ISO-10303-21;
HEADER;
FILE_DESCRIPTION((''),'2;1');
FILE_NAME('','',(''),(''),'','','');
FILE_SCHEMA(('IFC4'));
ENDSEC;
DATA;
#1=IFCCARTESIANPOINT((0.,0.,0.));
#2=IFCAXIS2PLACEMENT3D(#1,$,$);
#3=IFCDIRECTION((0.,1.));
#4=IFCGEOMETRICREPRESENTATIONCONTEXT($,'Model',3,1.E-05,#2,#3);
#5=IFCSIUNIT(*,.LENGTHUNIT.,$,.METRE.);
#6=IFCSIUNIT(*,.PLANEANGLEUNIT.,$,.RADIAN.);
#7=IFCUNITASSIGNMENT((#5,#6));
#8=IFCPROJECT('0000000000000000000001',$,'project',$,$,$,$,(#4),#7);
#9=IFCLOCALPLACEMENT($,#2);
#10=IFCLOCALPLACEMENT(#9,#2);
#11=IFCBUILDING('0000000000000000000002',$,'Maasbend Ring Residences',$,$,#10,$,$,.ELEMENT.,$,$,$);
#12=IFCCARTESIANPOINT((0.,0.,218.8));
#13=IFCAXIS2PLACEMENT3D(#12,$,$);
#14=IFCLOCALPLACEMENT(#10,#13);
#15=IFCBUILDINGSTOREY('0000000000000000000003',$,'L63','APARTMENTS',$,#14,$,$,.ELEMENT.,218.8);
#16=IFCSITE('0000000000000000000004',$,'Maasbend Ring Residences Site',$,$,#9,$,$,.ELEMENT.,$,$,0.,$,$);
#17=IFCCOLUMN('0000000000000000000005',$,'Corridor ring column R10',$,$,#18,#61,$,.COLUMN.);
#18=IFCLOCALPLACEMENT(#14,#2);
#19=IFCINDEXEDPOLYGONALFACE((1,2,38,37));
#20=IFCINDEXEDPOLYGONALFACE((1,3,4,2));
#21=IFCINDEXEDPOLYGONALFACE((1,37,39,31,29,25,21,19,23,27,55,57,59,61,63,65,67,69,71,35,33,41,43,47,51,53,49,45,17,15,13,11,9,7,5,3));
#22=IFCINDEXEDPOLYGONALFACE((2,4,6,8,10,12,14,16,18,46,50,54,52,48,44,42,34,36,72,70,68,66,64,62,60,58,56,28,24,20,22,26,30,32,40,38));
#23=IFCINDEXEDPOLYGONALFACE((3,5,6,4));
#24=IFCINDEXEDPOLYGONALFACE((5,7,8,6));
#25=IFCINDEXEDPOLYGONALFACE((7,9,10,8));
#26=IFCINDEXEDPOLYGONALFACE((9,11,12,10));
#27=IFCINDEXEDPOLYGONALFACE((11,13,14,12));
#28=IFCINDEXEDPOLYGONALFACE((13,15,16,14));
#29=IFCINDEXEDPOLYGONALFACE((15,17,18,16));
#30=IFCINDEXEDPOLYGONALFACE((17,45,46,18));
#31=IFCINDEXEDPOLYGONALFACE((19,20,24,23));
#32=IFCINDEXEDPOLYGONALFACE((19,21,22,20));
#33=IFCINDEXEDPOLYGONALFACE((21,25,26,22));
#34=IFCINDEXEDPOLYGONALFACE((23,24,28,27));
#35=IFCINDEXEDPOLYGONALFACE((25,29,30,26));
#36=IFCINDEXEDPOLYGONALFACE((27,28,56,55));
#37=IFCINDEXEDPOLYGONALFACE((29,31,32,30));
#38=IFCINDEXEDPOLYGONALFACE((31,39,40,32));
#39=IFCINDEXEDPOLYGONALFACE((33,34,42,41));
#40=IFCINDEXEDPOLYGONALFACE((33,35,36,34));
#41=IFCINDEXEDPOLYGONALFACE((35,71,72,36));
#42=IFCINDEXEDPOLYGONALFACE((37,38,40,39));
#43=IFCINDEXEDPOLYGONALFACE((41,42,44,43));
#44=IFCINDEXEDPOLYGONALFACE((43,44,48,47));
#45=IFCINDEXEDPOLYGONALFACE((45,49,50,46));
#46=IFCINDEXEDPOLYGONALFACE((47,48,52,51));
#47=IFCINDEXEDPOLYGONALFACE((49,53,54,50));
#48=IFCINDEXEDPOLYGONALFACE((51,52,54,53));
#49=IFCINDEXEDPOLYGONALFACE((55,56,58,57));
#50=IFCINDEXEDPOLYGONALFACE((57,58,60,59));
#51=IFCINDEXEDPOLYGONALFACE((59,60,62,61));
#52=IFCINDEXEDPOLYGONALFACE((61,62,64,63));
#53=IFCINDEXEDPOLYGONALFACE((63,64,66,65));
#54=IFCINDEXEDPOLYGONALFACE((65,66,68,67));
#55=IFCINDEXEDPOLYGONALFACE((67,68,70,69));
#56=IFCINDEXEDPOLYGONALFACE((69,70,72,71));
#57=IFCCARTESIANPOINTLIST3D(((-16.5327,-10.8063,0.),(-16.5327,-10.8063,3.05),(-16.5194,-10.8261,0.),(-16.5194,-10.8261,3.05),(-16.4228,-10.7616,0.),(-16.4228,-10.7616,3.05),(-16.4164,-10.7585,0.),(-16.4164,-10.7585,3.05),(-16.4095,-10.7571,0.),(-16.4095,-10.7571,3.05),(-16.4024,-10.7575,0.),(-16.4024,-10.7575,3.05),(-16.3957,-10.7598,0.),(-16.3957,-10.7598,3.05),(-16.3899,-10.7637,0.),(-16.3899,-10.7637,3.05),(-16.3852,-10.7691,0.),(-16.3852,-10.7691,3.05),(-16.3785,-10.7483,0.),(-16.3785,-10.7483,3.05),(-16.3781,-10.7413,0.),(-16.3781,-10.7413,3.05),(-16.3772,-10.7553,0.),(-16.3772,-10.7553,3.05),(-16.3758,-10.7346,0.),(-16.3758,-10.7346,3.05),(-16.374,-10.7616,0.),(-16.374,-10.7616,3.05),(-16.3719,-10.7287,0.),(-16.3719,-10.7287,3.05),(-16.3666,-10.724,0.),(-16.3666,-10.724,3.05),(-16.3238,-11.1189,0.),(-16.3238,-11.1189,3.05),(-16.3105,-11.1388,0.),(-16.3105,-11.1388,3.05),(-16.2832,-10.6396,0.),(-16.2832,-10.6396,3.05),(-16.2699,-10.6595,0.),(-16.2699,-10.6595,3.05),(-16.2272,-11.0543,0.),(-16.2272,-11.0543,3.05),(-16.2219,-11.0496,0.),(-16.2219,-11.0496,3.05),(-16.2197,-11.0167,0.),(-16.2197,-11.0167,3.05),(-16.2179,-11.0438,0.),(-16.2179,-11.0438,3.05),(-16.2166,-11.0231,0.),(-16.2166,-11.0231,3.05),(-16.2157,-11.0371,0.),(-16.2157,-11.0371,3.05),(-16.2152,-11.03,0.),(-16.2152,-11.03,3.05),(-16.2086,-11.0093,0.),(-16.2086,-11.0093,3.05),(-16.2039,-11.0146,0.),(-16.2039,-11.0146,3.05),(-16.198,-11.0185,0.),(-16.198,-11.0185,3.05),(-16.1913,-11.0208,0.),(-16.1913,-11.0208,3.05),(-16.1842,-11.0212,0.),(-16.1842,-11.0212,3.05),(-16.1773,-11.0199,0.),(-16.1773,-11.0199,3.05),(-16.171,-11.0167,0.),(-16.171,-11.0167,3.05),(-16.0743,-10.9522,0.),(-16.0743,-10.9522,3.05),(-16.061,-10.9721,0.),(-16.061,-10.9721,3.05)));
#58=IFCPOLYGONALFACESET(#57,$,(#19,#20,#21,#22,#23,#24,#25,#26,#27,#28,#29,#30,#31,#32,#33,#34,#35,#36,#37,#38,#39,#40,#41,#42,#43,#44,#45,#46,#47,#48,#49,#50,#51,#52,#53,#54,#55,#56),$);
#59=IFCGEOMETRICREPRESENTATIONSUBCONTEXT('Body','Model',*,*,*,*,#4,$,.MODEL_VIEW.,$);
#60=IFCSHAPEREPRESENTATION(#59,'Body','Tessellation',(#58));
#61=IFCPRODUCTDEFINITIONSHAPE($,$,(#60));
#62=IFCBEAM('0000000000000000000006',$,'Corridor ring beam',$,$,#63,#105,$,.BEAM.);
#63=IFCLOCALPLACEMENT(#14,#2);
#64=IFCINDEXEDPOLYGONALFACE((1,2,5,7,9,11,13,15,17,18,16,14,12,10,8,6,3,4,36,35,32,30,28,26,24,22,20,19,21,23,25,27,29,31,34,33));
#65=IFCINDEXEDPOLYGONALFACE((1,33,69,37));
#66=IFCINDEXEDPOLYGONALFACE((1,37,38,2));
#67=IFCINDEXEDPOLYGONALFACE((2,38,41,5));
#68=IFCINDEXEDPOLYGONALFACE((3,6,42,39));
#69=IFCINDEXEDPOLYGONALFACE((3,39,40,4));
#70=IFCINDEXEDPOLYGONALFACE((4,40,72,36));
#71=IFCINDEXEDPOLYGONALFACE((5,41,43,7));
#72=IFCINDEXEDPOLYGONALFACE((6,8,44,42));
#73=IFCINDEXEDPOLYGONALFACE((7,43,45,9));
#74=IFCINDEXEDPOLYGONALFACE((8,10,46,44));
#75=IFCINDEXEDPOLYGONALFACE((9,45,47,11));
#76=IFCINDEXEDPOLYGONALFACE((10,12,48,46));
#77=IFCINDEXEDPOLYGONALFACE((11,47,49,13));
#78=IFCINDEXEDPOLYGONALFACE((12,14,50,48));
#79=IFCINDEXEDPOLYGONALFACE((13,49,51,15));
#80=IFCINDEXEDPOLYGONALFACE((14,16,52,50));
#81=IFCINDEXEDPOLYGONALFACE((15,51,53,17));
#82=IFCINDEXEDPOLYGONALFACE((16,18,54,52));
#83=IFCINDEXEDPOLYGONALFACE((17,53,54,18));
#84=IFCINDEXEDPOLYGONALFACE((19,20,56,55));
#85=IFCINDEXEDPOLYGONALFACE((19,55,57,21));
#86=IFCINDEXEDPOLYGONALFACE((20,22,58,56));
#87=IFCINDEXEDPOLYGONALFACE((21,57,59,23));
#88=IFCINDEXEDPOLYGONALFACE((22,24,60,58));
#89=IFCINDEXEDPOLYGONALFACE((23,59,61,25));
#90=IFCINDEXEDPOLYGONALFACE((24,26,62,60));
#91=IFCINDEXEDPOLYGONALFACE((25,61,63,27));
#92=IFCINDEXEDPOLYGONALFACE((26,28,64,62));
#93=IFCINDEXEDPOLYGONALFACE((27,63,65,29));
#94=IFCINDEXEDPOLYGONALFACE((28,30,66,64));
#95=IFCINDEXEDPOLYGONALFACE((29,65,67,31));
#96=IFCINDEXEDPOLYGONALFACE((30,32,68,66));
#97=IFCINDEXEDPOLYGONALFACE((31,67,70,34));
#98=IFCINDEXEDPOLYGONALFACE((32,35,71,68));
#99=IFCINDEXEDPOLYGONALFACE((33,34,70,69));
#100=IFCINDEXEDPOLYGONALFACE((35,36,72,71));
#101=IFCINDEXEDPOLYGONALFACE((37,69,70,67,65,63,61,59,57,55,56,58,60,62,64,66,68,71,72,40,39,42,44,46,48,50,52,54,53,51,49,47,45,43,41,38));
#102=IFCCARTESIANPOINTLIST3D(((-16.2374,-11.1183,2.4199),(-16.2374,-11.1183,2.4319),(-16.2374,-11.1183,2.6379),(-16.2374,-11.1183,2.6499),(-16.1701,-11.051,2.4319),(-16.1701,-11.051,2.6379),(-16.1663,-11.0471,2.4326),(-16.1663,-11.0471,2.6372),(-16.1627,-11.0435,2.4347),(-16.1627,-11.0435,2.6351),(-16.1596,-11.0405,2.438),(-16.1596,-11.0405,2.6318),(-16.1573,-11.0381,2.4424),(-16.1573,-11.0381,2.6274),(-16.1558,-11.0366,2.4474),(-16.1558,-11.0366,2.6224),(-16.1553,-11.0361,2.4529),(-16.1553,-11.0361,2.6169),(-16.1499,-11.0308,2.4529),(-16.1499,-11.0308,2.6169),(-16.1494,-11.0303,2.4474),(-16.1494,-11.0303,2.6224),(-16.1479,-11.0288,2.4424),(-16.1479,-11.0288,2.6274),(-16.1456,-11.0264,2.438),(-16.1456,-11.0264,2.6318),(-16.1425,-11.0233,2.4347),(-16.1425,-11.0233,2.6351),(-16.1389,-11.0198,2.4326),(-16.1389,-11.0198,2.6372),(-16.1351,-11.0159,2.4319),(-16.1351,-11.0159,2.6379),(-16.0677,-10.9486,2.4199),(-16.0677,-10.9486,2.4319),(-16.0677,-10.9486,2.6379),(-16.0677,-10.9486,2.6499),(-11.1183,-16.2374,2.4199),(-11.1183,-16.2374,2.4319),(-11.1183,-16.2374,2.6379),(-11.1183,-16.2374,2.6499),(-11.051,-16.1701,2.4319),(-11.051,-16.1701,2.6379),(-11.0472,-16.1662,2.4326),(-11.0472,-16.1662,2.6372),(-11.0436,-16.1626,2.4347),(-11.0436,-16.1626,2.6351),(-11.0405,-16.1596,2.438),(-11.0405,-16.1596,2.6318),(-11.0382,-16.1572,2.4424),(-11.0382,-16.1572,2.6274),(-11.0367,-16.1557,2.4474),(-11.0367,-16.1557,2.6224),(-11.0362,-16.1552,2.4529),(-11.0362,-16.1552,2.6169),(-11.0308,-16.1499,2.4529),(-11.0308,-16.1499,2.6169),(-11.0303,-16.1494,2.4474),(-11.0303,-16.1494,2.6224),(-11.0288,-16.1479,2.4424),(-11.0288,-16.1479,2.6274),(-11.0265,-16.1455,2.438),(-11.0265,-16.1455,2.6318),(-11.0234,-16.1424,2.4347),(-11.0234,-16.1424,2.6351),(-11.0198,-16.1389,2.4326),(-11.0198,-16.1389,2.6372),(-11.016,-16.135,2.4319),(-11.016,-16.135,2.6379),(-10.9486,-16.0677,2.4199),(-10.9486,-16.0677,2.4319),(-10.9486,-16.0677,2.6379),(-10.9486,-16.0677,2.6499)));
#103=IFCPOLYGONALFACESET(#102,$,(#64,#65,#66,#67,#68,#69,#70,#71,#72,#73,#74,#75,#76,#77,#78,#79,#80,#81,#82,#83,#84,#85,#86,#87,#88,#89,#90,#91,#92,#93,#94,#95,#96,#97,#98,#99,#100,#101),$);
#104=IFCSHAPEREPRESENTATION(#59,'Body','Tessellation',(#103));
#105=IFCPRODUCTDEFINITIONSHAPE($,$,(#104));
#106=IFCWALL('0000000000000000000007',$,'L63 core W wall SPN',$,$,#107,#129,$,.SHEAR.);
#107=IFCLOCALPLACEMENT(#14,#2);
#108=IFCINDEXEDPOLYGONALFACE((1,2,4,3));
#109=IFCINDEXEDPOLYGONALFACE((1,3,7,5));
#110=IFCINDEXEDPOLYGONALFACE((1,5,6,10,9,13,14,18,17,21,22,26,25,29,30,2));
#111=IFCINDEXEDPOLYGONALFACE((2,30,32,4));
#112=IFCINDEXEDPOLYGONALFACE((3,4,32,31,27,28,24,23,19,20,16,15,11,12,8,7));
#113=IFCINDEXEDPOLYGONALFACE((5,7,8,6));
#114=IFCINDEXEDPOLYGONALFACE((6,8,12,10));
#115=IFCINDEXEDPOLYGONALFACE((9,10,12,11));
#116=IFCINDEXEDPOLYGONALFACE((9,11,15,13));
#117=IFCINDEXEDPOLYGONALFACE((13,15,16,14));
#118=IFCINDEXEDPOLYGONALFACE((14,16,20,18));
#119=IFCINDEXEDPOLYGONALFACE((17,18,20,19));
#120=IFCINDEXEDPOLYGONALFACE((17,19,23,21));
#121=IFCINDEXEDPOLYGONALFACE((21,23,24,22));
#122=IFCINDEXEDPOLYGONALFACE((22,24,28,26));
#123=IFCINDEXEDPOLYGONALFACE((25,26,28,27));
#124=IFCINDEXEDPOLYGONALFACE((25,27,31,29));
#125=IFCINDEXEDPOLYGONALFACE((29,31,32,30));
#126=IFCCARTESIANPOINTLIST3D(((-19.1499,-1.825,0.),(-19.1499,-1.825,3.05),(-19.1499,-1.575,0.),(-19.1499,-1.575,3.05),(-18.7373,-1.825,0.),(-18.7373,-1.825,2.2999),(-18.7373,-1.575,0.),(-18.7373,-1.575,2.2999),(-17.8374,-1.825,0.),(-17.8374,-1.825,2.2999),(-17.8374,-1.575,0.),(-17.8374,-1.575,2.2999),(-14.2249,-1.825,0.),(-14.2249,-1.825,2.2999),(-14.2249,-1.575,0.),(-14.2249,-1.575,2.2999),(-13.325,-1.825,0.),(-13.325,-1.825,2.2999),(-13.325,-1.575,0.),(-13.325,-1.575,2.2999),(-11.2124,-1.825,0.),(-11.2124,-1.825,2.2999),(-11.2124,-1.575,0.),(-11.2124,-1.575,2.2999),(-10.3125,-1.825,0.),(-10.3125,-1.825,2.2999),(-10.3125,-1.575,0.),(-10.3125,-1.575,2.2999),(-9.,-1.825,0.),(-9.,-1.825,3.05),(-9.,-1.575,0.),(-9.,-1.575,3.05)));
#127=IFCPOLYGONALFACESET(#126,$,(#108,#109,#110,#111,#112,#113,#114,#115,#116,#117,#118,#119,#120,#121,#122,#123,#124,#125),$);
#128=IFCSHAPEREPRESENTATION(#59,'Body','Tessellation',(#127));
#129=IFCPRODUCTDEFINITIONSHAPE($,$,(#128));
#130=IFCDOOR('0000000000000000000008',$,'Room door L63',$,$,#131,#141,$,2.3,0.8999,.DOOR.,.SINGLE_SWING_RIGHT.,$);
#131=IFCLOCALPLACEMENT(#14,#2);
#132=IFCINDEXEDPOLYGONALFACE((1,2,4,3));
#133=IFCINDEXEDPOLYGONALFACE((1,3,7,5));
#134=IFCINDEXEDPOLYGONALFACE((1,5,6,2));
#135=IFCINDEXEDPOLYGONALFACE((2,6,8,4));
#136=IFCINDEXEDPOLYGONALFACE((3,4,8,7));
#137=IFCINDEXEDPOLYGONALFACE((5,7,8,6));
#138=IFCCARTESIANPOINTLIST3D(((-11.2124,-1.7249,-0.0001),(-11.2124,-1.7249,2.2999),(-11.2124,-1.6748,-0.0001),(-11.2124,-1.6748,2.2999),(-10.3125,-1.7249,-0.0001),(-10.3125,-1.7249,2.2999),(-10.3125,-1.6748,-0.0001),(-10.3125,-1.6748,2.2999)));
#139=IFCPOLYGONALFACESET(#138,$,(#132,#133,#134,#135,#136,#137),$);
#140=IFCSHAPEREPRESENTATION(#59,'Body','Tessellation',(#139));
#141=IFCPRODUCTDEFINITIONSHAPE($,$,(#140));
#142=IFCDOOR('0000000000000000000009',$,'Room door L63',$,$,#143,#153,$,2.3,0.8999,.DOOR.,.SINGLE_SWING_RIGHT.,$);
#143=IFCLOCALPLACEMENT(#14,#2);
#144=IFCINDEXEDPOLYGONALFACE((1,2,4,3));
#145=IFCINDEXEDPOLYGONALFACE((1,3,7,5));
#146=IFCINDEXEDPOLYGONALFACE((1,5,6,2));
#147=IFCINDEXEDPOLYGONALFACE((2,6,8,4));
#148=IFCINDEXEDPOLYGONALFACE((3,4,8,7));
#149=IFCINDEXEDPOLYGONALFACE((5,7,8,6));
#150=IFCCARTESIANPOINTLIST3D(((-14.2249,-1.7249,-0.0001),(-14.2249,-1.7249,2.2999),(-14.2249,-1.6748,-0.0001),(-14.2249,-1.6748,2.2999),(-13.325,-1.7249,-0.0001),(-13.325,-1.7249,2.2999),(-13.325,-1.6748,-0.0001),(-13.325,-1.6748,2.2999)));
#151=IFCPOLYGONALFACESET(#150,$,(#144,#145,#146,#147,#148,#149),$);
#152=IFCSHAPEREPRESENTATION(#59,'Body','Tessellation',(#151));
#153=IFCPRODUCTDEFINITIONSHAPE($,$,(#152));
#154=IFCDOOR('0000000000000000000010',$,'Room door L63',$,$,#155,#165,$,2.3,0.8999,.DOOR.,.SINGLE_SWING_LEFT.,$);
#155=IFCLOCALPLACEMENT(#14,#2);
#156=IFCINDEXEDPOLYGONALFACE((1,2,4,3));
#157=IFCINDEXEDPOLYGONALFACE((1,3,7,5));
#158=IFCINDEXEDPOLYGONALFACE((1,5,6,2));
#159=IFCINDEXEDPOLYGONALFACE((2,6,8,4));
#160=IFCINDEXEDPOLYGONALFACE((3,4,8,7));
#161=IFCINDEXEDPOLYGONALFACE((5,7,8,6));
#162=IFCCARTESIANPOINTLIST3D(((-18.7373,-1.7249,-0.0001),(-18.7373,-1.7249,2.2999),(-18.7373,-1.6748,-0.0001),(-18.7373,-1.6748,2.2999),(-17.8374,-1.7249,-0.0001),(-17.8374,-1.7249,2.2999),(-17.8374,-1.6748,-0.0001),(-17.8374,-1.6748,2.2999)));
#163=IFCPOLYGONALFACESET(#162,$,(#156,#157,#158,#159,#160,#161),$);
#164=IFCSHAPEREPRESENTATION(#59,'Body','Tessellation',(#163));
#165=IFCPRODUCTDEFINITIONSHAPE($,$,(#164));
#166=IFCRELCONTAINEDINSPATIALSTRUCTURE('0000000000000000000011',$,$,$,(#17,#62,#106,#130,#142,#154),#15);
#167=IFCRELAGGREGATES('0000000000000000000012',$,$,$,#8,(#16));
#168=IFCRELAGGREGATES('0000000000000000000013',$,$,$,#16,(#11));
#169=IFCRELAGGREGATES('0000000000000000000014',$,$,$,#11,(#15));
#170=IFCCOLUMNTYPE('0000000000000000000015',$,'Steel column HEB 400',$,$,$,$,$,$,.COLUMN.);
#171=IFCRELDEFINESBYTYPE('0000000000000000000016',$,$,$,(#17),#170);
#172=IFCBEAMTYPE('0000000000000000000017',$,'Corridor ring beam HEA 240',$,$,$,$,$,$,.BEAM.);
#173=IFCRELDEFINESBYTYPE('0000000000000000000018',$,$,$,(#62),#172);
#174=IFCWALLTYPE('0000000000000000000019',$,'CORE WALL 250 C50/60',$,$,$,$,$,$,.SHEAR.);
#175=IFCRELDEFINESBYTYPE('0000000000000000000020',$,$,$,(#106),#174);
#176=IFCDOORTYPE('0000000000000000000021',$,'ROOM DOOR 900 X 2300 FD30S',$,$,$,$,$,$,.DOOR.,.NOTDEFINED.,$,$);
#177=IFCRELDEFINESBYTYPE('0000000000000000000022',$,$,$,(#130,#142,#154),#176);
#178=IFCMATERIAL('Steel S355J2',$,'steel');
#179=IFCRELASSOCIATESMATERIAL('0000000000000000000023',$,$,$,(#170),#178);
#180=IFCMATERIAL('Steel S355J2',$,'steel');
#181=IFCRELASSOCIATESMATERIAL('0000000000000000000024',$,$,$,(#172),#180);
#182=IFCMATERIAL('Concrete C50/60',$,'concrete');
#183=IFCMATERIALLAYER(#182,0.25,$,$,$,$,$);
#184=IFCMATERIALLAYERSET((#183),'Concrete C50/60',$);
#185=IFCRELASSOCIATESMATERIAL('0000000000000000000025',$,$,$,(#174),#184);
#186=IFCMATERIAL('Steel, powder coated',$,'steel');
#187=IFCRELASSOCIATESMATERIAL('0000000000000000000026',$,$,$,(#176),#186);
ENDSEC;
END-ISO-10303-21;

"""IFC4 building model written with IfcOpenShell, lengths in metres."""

from ifc_helpers import new_model, si_unit, direction, frame, frame_2d, origin, origin_2d, place, context, subcontext, project, spatial, rectangle, i_section, extrude, material, layer, layer_set, material_profile, profile_set, type_object, element, fill, save


model = new_model("IFC4")

# Units and contexts
model_context = context("Model", 3, precision=1e-05, world=origin(), true_north=direction((0.0, 1.0)))
body_context = subcontext(model_context, "Body", "Model", "MODEL_VIEW")
ifc_project = project(units=[si_unit("LENGTHUNIT", "METRE"), si_unit("PLANEANGLEUNIT", "RADIAN")], contexts=[model_context])

# Site, building, storey
site_placement = place(None, origin())
site = spatial("IfcSite", under=ifc_project, at=site_placement, Name="Maasbend Ring Residences Site", CompositionType="ELEMENT", RefElevation=0.0)
building_placement = place(site_placement, origin())
building = spatial("IfcBuilding", under=site, at=building_placement, Name="Maasbend Ring Residences", CompositionType="ELEMENT")
storey_placement = place(building_placement, frame((0.0, 0.0, 218.8)))
storey = spatial("IfcBuildingStorey", under=building, at=storey_placement, Name="L63", Description="APARTMENTS", CompositionType="ELEMENT", Elevation=218.8)

# Column
ifc_material_1 = material(Name="Steel S355J2", Category="steel")
ifc_material_profile_1 = material_profile(ifc_material_1, i_section(OverallWidth=0.3, OverallDepth=0.3999, WebThickness=0.0134, FlangeThickness=0.0239, FilletRadius=0.0271, at=origin_2d()), Name="HEB 400")
ifc_profile_set_1 = profile_set([ifc_material_profile_1], Name="Steel S355J2")
column_type = type_object("IfcColumnType", Name="Steel column HEB 400", PredefinedType="COLUMN", material=ifc_profile_set_1)
column_placement = place(storey_placement, frame((-16.2969, -10.8892, 0.0), z_axis=(0.0, 0.0, 1.0), x_axis=(-0.83147, -0.55557, 0.0)))
element("IfcColumn", 1, at=column_placement, inside=storey, type_object=column_type, Name="Corridor ring column R10", PredefinedType="COLUMN", context=body_context, shape_type="SweptSolid", body=[
    extrude(i_section(OverallWidth=0.3, OverallDepth=0.3999, WebThickness=0.0134, FlangeThickness=0.0239, FilletRadius=0.0271, at=origin_2d()), origin(), (0.0, 0.0, 1.0), 3.05),
])

# Beam
ifc_material_2 = material(Name="Steel S355J2", Category="steel")
ifc_material_profile_2 = material_profile(ifc_material_2, i_section(OverallWidth=0.24, OverallDepth=0.23, WebThickness=0.0076, FlangeThickness=0.012, FilletRadius=0.021, at=origin_2d()), Name="HEA 240")
ifc_profile_set_2 = profile_set([ifc_material_profile_2], Name="Steel S355J2")
beam_type = type_object("IfcBeamType", Name="Corridor ring beam HEA 240", PredefinedType="BEAM", material=ifc_profile_set_2)
beam_placement = place(storey_placement, frame((-16.1526, -11.0334, 2.5349), z_axis=(0.707107, -0.707107, 0.0), x_axis=(0.707107, 0.707107, 0.0)))
element("IfcBeam", 2, at=beam_placement, inside=storey, type_object=beam_type, Name="Corridor ring beam", PredefinedType="BEAM", context=body_context, shape_type="SweptSolid", body=[
    extrude(i_section(OverallWidth=0.24, OverallDepth=0.23, WebThickness=0.0076, FlangeThickness=0.012, FilletRadius=0.021, at=origin_2d()), origin(), (0.0, 0.0, 1.0), 7.2395),
])

# Wall, openings, doors
ifc_material_3 = material(Name="Concrete C50/60", Category="concrete")
ifc_layer_1 = layer(ifc_material_3, 0.25)
ifc_layer_set_1 = layer_set([ifc_layer_1], Name="Concrete C50/60")
wall_type_1 = type_object("IfcWallType", Name="CORE WALL 250 C50/60", PredefinedType="SHEAR", material=ifc_layer_set_1)
wall_1_placement = place(storey_placement, frame((-9.0, -1.7, 0.0), z_axis=(0.0, 0.0, 1.0), x_axis=(-1.0, 0.0, 0.0)))
wall_1 = element("IfcWall", 3, at=wall_1_placement, inside=storey, type_object=wall_type_1, Name="L63 core W wall SPN", PredefinedType="SHEAR", context=body_context, shape_type="SweptSolid", body=[
    extrude(rectangle(XDim=10.1499, YDim=0.25, at=frame_2d((5.075, 0.0))), origin(), (0.0, 0.0, 1.0), 3.05),
])
opening_1_placement = place(wall_1_placement, frame((1.3125, 0.0, 0.0)))
opening_1 = element("IfcOpeningElement", 4, at=opening_1_placement, cuts=wall_1, PredefinedType="OPENING", context=body_context, shape_type="SweptSolid", body=[
    extrude(rectangle(XDim=0.8999, YDim=2.3, at=frame_2d((0.45, 1.1499))), frame((0.0, 0.135, 0.0), z_axis=(0.0, -1.0, 0.0), x_axis=(1.0, 0.0, 0.0)), (0.0, 0.0, 1.0), 0.27),
])
opening_2_placement = place(wall_1_placement, frame((4.325, 0.0, 0.0)))
opening_2 = element("IfcOpeningElement", 5, at=opening_2_placement, cuts=wall_1, PredefinedType="OPENING", context=body_context, shape_type="SweptSolid", body=[
    extrude(rectangle(XDim=0.8999, YDim=2.3, at=frame_2d((0.45, 1.1499))), frame((0.0, 0.135, 0.0), z_axis=(0.0, -1.0, 0.0), x_axis=(1.0, 0.0, 0.0)), (0.0, 0.0, 1.0), 0.27),
])
opening_3_placement = place(wall_1_placement, frame((8.8374, 0.0, 0.0)))
opening_3 = element("IfcOpeningElement", 6, at=opening_3_placement, cuts=wall_1, PredefinedType="OPENING", context=body_context, shape_type="SweptSolid", body=[
    extrude(rectangle(XDim=0.8999, YDim=2.3, at=frame_2d((0.45, 1.1499))), frame((0.0, 0.135, 0.0), z_axis=(0.0, -1.0, 0.0), x_axis=(1.0, 0.0, 0.0)), (0.0, 0.0, 1.0), 0.27),
])
ifc_material_4 = material(Name="Steel, powder coated", Category="steel")
door_type_1 = type_object("IfcDoorType", Name="ROOM DOOR 900 X 2300 FD30S", OperationType="NOTDEFINED", PredefinedType="DOOR", material=ifc_material_4)
door_1_placement = place(opening_1_placement, origin())
door_1 = element("IfcDoor", 7, at=door_1_placement, inside=storey, type_object=door_type_1, Name="Room door L63", OperationType="SINGLE_SWING_RIGHT", OverallHeight=2.3, OverallWidth=0.8999, PredefinedType="DOOR", context=body_context, shape_type="SweptSolid", body=[
    extrude(rectangle(XDim=0.8999, YDim=2.3, at=frame_2d((0.45, 1.1499))), frame((0.0, 0.0249, 0.0), z_axis=(0.0, -1.0, 0.0), x_axis=(1.0, 0.0, 0.0)), (0.0, 0.0, 1.0), 0.05),
])
fill(opening_1, door_1)
door_2_placement = place(opening_2_placement, origin())
door_2 = element("IfcDoor", 8, at=door_2_placement, inside=storey, type_object=door_type_1, Name="Room door L63", OperationType="SINGLE_SWING_RIGHT", OverallHeight=2.3, OverallWidth=0.8999, PredefinedType="DOOR", context=body_context, shape_type="SweptSolid", body=[
    extrude(rectangle(XDim=0.8999, YDim=2.3, at=frame_2d((0.45, 1.1499))), frame((0.0, 0.0249, 0.0), z_axis=(0.0, -1.0, 0.0), x_axis=(1.0, 0.0, 0.0)), (0.0, 0.0, 1.0), 0.05),
])
fill(opening_2, door_2)
door_3_placement = place(opening_3_placement, origin())
door_3 = element("IfcDoor", 9, at=door_3_placement, inside=storey, type_object=door_type_1, Name="Room door L63", OperationType="SINGLE_SWING_LEFT", OverallHeight=2.3, OverallWidth=0.8999, PredefinedType="DOOR", context=body_context, shape_type="SweptSolid", body=[
    extrude(rectangle(XDim=0.8999, YDim=2.3, at=frame_2d((0.45, 1.1499))), frame((0.0, 0.0249, 0.0), z_axis=(0.0, -1.0, 0.0), x_axis=(1.0, 0.0, 0.0)), (0.0, 0.0, 1.0), 0.05),
])
fill(opening_3, door_3)

save(model, "model.ifc")
